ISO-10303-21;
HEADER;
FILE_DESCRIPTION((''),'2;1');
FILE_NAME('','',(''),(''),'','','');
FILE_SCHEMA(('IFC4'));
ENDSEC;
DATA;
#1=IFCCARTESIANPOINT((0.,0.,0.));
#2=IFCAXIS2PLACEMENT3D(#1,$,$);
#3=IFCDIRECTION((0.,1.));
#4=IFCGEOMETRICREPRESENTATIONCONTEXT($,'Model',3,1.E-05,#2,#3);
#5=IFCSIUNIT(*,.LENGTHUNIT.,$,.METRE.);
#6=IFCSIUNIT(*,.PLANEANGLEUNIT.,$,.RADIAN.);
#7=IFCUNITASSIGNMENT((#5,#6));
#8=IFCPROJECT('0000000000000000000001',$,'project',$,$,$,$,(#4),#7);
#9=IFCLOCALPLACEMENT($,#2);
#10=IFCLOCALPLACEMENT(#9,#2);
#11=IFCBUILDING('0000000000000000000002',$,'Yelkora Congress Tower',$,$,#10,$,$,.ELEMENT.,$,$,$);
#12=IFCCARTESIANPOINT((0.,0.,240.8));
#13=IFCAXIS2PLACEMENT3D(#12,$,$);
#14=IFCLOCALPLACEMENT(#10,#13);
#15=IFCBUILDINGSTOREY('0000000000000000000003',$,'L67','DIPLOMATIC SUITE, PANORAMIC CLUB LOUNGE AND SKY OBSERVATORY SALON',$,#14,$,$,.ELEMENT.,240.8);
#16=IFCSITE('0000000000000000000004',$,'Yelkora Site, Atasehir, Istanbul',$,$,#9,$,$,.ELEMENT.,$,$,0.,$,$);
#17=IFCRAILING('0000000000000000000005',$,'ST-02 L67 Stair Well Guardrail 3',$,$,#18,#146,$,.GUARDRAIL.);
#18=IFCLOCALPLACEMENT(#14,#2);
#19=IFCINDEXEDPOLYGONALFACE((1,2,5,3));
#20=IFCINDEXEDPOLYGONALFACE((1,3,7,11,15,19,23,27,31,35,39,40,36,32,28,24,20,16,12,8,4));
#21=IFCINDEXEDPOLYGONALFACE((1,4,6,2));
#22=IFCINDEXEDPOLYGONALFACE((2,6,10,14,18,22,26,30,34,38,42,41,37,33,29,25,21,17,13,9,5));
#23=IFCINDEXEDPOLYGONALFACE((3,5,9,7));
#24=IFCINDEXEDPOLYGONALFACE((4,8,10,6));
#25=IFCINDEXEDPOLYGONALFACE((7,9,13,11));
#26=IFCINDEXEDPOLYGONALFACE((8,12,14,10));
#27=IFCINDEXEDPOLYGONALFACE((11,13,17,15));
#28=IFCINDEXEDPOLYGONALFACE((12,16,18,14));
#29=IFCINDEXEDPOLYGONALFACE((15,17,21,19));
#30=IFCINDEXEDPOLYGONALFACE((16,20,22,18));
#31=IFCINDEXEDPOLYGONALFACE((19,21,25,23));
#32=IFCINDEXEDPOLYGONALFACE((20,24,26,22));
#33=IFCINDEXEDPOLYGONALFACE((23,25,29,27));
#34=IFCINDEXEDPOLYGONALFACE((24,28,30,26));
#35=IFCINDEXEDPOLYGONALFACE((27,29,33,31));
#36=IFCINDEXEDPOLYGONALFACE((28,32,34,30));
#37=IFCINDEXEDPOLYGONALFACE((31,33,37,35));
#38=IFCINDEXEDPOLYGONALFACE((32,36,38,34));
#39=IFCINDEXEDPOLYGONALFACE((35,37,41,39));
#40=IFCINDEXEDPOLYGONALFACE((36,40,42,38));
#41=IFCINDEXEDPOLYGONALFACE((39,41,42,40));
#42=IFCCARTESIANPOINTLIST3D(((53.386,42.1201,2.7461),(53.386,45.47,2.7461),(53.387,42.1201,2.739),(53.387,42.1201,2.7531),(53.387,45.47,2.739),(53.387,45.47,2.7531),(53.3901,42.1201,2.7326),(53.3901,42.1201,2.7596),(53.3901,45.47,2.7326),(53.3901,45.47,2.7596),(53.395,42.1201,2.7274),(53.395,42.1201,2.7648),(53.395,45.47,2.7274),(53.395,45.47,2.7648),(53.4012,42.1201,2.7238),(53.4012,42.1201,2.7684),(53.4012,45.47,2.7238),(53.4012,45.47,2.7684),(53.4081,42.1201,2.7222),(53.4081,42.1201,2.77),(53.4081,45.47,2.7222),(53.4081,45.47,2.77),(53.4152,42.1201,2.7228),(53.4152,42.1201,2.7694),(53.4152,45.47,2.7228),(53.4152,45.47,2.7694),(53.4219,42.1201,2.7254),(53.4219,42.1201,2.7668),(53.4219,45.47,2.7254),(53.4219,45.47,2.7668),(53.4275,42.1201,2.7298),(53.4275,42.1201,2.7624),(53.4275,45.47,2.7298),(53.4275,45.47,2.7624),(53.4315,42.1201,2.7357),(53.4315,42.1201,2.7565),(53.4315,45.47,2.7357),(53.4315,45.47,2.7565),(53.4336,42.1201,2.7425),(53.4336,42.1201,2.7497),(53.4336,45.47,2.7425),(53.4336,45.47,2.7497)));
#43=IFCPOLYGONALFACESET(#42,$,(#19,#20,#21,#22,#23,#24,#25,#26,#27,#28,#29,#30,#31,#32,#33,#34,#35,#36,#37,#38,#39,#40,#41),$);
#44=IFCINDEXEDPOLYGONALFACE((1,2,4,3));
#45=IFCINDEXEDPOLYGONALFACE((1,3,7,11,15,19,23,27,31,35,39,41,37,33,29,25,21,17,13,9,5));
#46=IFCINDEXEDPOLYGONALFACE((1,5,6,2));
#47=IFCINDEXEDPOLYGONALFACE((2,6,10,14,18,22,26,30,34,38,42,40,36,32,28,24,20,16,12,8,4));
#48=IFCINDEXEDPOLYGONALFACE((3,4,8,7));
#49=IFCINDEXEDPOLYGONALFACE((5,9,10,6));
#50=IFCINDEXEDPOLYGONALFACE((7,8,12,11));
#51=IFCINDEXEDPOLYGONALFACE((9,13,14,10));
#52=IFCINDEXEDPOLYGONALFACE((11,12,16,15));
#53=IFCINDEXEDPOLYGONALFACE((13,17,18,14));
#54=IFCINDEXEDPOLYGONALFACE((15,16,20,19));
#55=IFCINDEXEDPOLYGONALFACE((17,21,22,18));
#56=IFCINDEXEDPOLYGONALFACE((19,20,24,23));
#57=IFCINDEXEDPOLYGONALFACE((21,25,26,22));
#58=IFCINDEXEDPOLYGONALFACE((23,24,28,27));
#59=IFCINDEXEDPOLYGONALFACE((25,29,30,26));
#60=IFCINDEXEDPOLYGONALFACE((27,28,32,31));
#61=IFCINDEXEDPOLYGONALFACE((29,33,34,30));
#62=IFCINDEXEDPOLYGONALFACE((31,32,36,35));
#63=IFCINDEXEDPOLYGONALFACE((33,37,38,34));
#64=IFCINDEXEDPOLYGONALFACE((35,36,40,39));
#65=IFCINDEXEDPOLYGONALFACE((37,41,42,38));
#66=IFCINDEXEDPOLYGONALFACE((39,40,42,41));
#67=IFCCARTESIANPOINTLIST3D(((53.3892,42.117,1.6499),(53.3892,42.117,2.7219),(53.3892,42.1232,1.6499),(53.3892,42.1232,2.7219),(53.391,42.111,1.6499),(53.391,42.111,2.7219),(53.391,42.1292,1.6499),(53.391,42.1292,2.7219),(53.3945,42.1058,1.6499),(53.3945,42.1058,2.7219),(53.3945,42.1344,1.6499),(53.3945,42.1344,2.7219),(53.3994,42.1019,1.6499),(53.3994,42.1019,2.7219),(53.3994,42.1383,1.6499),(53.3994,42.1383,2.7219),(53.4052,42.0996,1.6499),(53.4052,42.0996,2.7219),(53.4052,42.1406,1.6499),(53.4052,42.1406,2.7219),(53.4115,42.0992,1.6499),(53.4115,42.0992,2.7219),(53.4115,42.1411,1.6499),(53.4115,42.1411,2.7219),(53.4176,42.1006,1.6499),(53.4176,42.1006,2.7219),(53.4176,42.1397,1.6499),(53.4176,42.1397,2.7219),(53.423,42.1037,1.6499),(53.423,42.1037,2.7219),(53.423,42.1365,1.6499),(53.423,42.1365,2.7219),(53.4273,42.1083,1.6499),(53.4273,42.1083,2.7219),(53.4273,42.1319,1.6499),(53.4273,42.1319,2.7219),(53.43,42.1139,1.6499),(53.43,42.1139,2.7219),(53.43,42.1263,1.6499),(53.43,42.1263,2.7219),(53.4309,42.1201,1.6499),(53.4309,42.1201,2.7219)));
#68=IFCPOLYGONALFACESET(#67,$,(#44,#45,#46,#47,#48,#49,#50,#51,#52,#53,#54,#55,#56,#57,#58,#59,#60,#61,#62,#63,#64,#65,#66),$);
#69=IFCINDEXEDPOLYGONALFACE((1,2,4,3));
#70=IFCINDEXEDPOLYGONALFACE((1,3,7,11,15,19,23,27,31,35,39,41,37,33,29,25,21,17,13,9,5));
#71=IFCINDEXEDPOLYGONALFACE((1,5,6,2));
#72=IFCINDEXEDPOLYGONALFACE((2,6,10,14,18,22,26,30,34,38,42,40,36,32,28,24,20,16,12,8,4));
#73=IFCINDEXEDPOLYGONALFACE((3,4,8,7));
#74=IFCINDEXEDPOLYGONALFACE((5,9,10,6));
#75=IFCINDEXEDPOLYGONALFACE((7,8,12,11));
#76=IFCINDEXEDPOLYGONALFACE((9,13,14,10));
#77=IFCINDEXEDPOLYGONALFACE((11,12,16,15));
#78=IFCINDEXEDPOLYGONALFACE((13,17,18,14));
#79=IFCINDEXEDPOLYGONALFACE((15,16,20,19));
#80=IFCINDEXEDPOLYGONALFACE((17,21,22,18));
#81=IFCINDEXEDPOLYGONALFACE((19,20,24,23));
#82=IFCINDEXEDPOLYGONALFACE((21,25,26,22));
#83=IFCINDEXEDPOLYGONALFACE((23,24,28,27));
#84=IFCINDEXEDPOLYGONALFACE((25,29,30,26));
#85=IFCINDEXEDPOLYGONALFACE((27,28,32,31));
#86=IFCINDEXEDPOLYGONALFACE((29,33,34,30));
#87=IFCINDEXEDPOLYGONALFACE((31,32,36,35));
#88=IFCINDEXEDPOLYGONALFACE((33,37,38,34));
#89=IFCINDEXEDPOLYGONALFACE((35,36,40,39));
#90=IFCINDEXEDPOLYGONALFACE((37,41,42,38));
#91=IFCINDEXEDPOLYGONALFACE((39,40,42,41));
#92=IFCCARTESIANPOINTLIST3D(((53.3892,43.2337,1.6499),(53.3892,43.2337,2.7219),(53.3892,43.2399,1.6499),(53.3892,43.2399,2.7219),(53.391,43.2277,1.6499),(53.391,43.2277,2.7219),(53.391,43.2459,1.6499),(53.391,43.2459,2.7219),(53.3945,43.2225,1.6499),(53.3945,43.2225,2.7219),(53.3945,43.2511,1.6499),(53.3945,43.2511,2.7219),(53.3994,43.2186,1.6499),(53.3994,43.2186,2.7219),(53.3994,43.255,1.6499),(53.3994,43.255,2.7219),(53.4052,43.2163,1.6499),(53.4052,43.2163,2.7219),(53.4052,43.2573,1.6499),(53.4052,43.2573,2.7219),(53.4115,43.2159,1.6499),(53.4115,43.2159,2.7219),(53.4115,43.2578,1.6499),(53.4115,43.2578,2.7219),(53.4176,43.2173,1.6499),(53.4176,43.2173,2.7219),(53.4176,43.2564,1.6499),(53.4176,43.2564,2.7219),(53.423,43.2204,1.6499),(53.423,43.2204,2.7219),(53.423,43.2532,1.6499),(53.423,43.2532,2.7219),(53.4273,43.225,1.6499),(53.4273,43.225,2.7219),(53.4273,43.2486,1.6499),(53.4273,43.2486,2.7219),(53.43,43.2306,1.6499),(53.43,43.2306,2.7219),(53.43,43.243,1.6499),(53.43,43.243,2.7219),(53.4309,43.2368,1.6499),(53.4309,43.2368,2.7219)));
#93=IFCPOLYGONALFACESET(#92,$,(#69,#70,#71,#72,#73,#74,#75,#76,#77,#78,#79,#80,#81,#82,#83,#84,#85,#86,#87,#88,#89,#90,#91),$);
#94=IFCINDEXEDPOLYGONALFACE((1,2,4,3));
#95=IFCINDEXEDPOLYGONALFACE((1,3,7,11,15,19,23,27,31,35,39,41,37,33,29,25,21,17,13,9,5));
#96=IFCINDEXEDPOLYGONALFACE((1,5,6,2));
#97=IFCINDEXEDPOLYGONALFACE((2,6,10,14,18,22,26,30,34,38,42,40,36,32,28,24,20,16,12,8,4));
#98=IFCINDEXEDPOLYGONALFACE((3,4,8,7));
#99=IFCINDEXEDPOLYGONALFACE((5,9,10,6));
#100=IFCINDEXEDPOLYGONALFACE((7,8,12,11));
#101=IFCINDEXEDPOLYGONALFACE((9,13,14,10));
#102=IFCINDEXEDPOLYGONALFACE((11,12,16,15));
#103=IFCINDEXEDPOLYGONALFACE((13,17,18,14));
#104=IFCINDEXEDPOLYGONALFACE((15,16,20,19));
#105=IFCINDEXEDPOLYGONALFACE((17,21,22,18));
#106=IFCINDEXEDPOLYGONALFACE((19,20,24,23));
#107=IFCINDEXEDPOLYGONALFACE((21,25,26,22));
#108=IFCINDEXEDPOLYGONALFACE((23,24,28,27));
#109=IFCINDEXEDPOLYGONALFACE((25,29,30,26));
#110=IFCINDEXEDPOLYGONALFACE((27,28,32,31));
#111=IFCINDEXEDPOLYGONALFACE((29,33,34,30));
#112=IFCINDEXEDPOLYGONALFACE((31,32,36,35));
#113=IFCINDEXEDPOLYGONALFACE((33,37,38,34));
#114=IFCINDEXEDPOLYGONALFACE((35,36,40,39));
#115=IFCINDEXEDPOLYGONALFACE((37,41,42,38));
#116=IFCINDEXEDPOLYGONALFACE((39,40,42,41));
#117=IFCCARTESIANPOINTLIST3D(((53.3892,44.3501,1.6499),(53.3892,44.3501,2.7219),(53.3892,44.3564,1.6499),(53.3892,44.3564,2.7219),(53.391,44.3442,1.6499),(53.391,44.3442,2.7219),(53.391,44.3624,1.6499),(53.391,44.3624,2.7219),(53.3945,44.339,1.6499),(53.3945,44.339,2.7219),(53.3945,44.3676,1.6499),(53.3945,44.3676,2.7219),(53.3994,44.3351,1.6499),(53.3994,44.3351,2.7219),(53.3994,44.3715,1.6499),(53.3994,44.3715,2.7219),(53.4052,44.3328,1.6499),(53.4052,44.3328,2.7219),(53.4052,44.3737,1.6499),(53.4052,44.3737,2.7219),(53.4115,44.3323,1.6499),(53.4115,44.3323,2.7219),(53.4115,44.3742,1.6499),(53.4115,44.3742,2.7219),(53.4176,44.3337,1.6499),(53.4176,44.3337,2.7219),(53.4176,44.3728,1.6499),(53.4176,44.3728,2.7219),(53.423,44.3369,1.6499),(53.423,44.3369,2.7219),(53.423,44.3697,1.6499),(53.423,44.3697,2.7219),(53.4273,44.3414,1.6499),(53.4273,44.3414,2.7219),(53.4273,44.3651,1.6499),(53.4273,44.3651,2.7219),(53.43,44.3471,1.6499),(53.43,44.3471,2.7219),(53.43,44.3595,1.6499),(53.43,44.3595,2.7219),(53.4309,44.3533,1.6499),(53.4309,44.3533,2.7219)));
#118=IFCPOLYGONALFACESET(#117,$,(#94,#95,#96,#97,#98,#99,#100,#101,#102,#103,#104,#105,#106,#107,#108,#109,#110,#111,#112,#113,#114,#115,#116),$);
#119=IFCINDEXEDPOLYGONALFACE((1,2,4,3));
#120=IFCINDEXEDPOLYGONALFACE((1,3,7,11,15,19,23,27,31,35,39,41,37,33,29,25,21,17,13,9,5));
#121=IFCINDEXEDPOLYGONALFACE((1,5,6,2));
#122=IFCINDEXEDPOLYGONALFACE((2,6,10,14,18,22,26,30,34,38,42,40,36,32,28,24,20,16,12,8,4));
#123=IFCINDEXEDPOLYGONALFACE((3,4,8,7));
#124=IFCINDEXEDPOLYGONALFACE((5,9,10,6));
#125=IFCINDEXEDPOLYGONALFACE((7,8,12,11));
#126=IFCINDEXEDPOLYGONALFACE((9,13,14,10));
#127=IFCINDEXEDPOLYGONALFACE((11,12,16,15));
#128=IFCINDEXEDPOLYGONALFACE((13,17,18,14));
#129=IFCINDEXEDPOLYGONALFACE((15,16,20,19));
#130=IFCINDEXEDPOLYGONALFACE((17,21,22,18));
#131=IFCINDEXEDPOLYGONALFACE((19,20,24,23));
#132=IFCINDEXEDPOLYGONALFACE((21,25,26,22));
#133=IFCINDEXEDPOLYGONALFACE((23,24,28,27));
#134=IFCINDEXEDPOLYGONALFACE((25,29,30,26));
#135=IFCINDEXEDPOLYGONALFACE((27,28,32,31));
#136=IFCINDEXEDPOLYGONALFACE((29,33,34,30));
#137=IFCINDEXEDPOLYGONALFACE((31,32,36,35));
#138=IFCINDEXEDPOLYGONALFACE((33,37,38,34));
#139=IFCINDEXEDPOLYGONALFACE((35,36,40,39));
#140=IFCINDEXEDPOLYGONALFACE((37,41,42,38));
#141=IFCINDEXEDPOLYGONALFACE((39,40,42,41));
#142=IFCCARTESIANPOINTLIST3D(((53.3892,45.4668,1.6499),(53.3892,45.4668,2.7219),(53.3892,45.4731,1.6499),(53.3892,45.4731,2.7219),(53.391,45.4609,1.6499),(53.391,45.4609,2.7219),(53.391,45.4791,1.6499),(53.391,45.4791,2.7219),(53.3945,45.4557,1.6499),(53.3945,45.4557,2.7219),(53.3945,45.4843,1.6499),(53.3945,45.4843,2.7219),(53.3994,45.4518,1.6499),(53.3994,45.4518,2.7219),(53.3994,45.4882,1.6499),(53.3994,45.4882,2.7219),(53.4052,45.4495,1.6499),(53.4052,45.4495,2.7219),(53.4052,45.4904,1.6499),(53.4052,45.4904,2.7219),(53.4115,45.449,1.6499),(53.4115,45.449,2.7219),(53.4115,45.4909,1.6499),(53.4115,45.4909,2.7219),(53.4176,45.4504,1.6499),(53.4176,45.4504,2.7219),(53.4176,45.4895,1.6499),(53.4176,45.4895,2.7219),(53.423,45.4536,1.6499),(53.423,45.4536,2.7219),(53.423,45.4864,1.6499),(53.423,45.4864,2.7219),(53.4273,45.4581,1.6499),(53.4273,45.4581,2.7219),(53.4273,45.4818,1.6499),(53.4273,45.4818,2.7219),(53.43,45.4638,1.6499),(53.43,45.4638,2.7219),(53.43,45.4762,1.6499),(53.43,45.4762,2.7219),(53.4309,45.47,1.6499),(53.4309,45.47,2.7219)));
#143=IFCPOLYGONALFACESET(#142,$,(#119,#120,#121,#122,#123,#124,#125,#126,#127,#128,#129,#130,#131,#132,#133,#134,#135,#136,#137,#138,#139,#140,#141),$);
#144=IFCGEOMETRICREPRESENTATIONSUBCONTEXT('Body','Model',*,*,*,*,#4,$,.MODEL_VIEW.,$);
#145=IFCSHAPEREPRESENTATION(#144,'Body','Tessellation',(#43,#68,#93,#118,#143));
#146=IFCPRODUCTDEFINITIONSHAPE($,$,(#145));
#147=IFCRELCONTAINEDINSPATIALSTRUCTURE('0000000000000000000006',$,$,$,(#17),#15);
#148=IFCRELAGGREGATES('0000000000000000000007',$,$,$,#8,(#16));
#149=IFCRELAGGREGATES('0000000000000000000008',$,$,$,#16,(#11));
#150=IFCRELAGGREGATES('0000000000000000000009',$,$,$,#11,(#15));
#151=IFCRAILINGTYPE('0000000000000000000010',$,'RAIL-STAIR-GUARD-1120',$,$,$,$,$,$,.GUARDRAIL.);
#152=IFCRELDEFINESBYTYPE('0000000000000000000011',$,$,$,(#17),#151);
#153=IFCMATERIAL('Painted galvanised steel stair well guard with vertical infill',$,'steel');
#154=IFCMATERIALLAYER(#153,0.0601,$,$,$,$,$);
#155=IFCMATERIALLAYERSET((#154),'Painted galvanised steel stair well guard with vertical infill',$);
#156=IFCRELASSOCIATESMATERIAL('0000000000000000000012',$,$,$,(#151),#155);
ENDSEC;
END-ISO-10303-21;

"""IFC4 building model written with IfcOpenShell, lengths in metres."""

from ifc_helpers import new_model, si_unit, direction, frame, origin, origin_2d, place, context, subcontext, project, spatial, circle, extrude, material, layer, layer_set, type_object, element, save


model = new_model("IFC4")

# Units and contexts
model_context = context("Model", 3, precision=1e-05, world=origin(), true_north=direction((0.0, 1.0)))
body_context = subcontext(model_context, "Body", "Model", "MODEL_VIEW")
ifc_project = project(units=[si_unit("LENGTHUNIT", "METRE"), si_unit("PLANEANGLEUNIT", "RADIAN")], contexts=[model_context])

# Site, building, storey
site_placement = place(None, origin())
site = spatial("IfcSite", under=ifc_project, at=site_placement, Name="Yelkora Site, Atasehir, Istanbul", CompositionType="ELEMENT", RefElevation=0.0)
building_placement = place(site_placement, origin())
building = spatial("IfcBuilding", under=site, at=building_placement, Name="Yelkora Congress Tower", CompositionType="ELEMENT")
storey_placement = place(building_placement, frame((0.0, 0.0, 240.8)))
storey = spatial("IfcBuildingStorey", under=building, at=storey_placement, Name="L67", Description="DIPLOMATIC SUITE, PANORAMIC CLUB LOUNGE AND SKY OBSERVATORY SALON", CompositionType="ELEMENT", Elevation=240.8)

# Railing
ifc_material_1 = material(Name="Painted galvanised steel stair well guard with vertical infill", Category="steel")
ifc_layer_1 = layer(ifc_material_1, 0.0601)
ifc_layer_set_1 = layer_set([ifc_layer_1], Name="Painted galvanised steel stair well guard with vertical infill")
railing_type_1 = type_object("IfcRailingType", Name="RAIL-STAIR-GUARD-1120", PredefinedType="GUARDRAIL", material=ifc_layer_set_1)
railing_1_placement = place(storey_placement, frame((53.4099, 42.1201, 1.6499)))
element("IfcRailing", 1, at=railing_1_placement, inside=storey, type_object=railing_type_1, Name="ST-02 L67 Stair Well Guardrail 3", PredefinedType="GUARDRAIL", context=body_context, shape_type="SweptSolid", body=[
    extrude(circle(Radius=0.0239, at=origin_2d()), frame((0.0, 0.0, 1.0962), z_axis=(0.0, 1.0, 0.0), x_axis=(-1.0, 0.0, 0.0)), (0.0, 0.0, 1.0), 3.3499),
    extrude(circle(Radius=0.021, at=origin_2d()), origin(), (0.0, 0.0, 1.0), 1.072),
    extrude(circle(Radius=0.021, at=origin_2d()), frame((0.0, 1.1167, 0.0)), (0.0, 0.0, 1.0), 1.072),
    extrude(circle(Radius=0.021, at=origin_2d()), frame((0.0, 2.2332, 0.0)), (0.0, 0.0, 1.0), 1.072),
    extrude(circle(Radius=0.021, at=origin_2d()), frame((0.0, 3.3499, 0.0)), (0.0, 0.0, 1.0), 1.072),
])

save(model, "model.ifc")
